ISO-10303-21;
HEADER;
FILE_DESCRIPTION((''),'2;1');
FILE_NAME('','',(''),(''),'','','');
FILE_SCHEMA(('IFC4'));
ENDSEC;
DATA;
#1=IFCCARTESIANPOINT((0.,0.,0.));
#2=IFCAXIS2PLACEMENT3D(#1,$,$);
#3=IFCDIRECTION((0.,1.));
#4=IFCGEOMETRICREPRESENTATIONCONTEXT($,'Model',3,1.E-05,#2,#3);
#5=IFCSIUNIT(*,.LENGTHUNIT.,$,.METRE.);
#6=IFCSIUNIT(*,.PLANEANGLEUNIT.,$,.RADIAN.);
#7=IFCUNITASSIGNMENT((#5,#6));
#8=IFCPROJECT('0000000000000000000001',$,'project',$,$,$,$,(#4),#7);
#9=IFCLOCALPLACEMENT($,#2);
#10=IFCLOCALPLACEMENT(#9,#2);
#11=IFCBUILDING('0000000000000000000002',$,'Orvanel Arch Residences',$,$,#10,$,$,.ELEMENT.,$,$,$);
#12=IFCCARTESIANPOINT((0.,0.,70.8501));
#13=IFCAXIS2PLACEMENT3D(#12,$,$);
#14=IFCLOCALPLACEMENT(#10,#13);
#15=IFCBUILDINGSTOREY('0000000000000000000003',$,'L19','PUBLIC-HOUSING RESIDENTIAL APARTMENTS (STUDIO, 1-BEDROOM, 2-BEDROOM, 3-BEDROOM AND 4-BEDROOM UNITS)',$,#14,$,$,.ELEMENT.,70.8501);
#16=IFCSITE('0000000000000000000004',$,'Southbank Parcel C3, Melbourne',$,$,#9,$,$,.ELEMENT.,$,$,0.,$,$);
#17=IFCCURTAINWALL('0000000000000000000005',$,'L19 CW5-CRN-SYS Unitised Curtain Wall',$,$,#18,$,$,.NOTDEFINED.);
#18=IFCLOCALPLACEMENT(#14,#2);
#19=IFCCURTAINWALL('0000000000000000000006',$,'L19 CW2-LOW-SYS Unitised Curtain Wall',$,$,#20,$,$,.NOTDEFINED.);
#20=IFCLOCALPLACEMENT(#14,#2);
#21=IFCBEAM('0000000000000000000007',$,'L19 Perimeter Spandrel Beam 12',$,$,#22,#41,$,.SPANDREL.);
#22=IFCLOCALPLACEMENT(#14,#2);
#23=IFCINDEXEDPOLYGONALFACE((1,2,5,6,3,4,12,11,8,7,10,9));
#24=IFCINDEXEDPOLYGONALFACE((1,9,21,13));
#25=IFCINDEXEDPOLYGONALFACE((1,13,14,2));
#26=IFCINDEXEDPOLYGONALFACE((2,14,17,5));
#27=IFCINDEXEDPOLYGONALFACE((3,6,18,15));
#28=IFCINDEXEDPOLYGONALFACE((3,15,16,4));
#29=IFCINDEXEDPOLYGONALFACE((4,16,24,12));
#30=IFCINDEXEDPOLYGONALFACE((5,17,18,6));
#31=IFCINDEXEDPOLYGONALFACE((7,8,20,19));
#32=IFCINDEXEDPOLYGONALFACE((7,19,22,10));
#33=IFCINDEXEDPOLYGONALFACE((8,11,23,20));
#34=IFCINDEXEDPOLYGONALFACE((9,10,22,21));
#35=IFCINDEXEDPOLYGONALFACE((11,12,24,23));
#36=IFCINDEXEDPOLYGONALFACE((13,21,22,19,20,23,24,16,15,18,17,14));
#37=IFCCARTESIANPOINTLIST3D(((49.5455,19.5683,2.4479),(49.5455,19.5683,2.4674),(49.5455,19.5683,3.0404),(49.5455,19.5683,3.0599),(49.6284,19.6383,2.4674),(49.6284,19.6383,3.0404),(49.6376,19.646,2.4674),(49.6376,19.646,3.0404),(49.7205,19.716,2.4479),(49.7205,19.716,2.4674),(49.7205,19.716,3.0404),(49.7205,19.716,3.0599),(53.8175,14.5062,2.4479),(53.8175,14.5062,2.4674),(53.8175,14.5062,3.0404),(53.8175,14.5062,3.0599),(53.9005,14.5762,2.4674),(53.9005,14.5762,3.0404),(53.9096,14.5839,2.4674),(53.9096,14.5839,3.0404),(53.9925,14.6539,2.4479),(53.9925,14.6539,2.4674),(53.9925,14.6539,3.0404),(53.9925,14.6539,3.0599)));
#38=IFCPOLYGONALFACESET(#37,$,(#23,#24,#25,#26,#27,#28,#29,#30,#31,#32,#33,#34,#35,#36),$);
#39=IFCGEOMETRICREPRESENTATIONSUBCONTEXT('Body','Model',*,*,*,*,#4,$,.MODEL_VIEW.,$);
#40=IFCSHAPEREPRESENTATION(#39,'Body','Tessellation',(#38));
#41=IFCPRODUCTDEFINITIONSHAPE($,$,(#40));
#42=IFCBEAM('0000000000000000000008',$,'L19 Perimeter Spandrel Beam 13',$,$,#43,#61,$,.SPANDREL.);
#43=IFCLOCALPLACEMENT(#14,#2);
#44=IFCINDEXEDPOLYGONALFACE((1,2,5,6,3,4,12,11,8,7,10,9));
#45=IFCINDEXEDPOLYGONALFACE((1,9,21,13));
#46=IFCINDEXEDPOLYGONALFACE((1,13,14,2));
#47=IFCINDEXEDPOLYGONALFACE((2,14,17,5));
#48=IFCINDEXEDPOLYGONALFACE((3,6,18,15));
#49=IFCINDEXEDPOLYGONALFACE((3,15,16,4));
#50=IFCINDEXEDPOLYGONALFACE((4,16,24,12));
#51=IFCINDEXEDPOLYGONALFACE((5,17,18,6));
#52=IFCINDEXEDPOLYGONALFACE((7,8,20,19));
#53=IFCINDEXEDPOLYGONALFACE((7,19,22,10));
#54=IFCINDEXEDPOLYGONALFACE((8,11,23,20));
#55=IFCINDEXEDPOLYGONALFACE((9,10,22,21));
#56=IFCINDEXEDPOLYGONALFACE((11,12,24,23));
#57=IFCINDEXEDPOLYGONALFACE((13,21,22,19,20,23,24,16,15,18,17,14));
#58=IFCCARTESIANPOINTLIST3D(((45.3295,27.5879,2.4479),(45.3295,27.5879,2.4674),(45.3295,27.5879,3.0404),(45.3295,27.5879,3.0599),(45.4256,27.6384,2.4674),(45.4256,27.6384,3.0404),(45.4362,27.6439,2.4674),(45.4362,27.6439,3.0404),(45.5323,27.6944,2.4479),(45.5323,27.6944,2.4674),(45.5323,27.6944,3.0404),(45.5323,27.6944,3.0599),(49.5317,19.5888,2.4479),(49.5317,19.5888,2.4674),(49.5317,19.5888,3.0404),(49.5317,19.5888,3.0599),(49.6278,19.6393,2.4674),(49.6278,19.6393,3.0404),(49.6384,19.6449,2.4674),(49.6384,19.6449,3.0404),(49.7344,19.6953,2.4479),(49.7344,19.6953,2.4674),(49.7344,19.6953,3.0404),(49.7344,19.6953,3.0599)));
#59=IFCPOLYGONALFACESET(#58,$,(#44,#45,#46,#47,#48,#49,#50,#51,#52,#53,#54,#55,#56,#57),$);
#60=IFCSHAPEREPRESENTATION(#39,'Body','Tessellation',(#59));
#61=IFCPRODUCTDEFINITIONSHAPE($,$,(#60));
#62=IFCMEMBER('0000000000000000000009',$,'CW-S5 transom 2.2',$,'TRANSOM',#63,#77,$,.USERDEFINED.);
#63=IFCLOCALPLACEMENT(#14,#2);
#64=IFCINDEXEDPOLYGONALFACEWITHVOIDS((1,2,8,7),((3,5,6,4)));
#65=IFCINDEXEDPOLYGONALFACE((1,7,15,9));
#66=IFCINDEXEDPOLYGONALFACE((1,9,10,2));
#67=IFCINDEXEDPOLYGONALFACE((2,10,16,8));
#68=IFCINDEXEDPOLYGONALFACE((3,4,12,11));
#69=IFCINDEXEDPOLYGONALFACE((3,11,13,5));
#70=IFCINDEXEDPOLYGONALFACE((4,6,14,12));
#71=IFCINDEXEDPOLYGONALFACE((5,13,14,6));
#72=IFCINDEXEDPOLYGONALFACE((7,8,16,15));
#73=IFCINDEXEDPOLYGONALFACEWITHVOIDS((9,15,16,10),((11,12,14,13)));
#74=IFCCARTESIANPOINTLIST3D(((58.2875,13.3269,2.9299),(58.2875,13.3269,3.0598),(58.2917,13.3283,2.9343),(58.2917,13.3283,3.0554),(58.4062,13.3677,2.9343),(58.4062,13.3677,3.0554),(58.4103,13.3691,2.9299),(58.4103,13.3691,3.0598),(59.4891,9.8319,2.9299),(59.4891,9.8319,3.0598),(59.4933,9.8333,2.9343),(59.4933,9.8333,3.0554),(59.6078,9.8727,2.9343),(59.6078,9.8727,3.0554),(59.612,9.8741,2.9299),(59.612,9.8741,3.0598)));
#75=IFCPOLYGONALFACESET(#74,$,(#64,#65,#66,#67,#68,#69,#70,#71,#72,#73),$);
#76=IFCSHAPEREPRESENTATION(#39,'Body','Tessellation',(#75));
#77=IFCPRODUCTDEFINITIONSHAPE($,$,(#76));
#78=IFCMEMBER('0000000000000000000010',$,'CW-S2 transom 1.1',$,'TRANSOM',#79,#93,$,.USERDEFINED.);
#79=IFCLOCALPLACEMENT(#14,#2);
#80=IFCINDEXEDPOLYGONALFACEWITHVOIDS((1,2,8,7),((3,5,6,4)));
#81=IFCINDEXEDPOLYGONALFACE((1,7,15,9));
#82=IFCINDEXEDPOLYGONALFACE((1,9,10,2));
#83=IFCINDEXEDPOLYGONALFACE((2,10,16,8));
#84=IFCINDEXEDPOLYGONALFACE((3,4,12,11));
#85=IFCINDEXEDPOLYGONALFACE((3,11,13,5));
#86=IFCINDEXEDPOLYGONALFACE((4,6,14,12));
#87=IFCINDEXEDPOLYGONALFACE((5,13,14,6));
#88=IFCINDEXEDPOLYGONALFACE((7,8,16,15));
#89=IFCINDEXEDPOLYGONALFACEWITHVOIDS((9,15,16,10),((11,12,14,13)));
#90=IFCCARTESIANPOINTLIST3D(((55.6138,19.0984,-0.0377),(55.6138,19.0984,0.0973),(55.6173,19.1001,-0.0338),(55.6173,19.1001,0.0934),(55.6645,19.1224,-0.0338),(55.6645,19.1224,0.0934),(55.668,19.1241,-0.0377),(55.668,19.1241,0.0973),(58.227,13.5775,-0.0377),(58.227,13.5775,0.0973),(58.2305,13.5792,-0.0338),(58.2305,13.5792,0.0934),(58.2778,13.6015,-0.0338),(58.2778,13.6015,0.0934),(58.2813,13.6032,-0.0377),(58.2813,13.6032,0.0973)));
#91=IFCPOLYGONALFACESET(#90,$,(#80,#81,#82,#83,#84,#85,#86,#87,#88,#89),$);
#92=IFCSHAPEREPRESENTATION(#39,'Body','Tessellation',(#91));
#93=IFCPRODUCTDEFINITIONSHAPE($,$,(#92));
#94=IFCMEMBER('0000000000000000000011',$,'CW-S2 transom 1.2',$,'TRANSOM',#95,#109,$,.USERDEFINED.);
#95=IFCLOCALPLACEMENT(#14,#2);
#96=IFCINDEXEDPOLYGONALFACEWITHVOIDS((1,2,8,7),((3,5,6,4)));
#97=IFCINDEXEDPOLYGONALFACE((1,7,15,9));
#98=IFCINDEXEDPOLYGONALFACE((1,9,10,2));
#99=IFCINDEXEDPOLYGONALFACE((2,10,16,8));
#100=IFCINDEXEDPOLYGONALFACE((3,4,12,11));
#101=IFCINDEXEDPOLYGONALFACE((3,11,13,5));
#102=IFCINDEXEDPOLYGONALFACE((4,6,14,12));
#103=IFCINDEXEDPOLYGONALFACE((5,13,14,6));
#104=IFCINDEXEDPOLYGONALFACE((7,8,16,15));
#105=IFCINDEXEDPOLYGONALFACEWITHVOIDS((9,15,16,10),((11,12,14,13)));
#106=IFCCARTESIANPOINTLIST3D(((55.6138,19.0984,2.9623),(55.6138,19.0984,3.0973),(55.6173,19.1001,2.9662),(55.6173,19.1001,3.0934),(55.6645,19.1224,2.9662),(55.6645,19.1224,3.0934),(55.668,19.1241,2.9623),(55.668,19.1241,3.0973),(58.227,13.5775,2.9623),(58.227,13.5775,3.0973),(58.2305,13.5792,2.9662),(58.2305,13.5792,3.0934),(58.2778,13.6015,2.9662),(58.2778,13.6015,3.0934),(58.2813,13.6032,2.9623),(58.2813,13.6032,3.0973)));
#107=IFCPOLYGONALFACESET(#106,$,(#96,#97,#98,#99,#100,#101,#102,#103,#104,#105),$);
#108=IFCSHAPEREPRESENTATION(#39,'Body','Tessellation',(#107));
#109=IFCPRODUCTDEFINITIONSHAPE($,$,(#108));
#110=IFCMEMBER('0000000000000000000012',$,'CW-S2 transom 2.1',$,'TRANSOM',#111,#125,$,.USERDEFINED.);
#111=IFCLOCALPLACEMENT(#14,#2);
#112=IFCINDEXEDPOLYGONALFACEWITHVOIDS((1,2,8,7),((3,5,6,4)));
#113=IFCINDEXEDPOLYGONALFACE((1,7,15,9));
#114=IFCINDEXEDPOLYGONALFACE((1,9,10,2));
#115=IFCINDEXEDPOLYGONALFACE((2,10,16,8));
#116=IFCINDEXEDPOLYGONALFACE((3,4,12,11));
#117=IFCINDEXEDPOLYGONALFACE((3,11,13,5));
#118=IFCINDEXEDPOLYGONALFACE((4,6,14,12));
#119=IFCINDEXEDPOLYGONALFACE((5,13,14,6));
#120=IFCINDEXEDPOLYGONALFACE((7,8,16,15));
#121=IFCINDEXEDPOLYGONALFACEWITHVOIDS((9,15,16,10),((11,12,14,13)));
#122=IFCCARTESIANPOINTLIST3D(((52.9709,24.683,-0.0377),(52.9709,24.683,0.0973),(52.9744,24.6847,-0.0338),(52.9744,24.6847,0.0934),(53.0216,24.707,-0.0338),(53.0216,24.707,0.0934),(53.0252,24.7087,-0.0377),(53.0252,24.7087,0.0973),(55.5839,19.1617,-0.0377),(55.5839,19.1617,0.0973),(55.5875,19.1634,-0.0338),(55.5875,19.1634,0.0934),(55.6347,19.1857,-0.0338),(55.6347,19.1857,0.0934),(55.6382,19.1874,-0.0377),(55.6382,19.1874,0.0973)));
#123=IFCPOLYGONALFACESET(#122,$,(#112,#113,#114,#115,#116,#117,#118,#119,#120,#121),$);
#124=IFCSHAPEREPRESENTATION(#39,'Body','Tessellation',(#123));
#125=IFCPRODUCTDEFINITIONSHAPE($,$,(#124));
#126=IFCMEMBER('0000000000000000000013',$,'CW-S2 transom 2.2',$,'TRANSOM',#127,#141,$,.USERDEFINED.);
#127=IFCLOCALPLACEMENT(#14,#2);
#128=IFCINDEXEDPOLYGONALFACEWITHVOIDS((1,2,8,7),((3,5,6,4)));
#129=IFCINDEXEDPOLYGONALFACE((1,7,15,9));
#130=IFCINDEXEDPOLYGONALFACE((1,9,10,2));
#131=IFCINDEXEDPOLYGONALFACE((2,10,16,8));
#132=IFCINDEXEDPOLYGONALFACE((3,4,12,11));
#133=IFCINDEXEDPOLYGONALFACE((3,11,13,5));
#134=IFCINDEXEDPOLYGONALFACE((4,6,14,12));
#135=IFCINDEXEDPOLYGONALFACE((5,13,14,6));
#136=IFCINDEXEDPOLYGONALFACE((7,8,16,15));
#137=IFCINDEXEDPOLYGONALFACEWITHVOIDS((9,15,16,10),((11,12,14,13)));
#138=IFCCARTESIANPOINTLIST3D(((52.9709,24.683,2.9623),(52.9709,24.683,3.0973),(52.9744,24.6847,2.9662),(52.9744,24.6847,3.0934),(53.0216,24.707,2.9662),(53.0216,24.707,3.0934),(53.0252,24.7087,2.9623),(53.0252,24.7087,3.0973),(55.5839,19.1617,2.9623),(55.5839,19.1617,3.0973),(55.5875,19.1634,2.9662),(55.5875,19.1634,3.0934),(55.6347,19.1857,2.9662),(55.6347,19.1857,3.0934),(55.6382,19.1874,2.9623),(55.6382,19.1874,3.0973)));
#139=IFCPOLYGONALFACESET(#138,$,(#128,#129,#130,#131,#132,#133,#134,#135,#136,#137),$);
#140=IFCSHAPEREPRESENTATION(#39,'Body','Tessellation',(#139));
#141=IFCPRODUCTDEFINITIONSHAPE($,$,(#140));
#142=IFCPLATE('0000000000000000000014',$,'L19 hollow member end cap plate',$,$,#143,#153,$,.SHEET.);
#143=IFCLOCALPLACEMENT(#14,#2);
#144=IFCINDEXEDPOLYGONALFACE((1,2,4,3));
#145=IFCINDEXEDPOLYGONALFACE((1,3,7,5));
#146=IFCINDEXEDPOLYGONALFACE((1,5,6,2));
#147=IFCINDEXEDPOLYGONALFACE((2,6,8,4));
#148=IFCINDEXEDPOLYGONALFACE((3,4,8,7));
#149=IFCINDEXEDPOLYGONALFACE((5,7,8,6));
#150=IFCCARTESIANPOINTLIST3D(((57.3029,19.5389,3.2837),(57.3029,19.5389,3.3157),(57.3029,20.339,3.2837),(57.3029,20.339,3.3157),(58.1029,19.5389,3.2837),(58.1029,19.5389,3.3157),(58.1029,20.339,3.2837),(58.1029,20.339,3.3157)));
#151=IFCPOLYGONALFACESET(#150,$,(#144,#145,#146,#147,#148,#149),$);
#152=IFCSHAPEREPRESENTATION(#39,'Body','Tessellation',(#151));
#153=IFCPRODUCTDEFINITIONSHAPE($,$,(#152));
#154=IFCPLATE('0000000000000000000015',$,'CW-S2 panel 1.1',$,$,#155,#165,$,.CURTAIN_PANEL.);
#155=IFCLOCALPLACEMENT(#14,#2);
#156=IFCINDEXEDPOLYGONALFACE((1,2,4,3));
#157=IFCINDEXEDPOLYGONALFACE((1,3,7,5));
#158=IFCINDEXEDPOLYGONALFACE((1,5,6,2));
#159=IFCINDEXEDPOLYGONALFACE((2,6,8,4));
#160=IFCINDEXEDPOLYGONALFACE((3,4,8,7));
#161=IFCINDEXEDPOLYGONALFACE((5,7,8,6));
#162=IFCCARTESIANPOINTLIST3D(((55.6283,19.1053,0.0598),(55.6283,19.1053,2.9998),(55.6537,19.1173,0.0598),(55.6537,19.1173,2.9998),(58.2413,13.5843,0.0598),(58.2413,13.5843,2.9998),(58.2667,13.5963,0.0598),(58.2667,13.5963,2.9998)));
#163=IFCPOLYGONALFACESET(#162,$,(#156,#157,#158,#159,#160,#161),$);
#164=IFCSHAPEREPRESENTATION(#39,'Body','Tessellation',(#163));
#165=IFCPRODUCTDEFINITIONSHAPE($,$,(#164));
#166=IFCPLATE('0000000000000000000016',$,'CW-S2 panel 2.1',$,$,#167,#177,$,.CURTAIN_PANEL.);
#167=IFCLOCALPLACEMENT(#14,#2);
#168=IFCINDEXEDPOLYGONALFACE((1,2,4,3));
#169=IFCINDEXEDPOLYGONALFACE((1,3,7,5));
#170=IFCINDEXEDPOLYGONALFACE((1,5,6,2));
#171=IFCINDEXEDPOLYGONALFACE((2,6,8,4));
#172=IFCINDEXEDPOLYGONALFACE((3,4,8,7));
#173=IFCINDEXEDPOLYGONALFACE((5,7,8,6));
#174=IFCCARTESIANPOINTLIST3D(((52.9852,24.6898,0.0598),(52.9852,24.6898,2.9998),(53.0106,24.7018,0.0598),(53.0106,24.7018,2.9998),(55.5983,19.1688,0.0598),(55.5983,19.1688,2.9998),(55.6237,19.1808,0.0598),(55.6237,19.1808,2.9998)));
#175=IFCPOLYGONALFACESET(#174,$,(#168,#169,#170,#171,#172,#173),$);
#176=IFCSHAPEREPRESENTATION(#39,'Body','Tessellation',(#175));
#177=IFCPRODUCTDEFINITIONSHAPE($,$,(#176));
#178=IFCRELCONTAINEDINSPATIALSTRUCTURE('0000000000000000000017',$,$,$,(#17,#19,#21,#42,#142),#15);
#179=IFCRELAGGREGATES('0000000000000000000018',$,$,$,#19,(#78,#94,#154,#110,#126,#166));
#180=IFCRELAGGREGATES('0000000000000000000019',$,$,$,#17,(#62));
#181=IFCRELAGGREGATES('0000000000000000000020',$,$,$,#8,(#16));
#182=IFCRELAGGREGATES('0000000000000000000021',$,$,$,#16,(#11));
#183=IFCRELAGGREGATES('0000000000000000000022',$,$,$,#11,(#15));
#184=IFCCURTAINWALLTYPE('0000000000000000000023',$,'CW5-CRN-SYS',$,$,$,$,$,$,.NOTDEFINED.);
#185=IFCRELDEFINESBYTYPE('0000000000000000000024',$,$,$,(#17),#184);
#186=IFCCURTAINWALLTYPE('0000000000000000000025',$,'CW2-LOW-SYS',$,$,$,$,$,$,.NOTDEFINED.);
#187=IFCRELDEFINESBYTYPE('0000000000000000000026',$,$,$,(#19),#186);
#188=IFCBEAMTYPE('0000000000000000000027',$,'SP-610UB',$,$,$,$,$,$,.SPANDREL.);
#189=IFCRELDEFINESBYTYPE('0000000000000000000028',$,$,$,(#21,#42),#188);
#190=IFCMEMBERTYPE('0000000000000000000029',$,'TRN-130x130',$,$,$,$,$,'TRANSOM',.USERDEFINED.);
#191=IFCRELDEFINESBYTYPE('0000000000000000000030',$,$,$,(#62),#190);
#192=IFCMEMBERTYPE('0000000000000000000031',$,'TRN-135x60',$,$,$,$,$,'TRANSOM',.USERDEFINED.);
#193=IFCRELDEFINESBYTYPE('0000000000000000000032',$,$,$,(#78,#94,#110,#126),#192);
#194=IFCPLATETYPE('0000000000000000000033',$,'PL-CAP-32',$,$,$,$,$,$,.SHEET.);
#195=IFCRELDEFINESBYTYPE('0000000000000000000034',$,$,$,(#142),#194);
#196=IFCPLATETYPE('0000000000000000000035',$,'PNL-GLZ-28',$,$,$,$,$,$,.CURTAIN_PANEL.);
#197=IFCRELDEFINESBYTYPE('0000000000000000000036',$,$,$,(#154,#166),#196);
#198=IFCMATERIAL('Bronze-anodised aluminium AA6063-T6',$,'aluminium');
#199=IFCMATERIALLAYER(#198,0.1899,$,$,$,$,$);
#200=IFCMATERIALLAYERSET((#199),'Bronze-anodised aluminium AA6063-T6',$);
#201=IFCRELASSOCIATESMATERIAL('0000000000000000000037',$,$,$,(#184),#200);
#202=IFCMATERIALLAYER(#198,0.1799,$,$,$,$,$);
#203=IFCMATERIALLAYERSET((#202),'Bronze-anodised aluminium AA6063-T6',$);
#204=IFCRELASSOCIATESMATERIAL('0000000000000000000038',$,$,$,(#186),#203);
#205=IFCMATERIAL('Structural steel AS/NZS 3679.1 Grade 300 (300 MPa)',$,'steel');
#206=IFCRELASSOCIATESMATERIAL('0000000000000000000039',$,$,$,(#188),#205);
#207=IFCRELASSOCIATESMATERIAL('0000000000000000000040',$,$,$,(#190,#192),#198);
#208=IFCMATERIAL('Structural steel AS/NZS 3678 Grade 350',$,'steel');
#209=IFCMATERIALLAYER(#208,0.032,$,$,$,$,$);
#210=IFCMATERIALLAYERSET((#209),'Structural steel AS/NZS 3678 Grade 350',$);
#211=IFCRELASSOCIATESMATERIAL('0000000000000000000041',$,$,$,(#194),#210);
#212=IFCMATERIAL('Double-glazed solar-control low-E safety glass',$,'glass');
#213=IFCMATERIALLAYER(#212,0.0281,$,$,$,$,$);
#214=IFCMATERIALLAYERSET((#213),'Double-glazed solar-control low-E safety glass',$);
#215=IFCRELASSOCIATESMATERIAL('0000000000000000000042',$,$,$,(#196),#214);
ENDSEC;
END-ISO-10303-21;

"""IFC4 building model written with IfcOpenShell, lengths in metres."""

from ifc_helpers import new_model, si_unit, direction, frame, origin, origin_2d, place, context, subcontext, project, spatial, rectangle, hollow_rectangle, i_section, extrude, material, layer, layer_set, material_profile, profile_set, type_object, element, aggregate, save


model = new_model("IFC4")

# Units and contexts
model_context = context("Model", 3, precision=1e-05, world=origin(), true_north=direction((0.0, 1.0)))
body_context = subcontext(model_context, "Body", "Model", "MODEL_VIEW")
ifc_project = project(units=[si_unit("LENGTHUNIT", "METRE"), si_unit("PLANEANGLEUNIT", "RADIAN")], contexts=[model_context])

# Site, building, storey
site_placement = place(None, origin())
site = spatial("IfcSite", under=ifc_project, at=site_placement, Name="Southbank Parcel C3, Melbourne", CompositionType="ELEMENT", RefElevation=0.0)
building_placement = place(site_placement, origin())
building = spatial("IfcBuilding", under=site, at=building_placement, Name="Orvanel Arch Residences", CompositionType="ELEMENT")
storey_placement = place(building_placement, frame((0.0, 0.0, 70.8501)))
storey = spatial("IfcBuildingStorey", under=building, at=storey_placement, Name="L19", Description="PUBLIC-HOUSING RESIDENTIAL APARTMENTS (STUDIO, 1-BEDROOM, 2-BEDROOM, 3-BEDROOM AND 4-BEDROOM UNITS)", CompositionType="ELEMENT", Elevation=70.8501)

# Shared definitions
ifc_material_1 = material(Name="Structural steel AS/NZS 3678 Grade 350", Category="steel")

# Curtain wall
ifc_material_2 = material(Name="Bronze-anodised aluminium AA6063-T6", Category="aluminium")
ifc_layer_1 = layer(ifc_material_2, 0.1899)
ifc_layer_set_1 = layer_set([ifc_layer_1], Name="Bronze-anodised aluminium AA6063-T6")
curtain_wall_type_1 = type_object("IfcCurtainWallType", Name="CW5-CRN-SYS", PredefinedType="NOTDEFINED", material=ifc_layer_set_1)
curtain_wall_1_placement = place(storey_placement, origin())
curtain_wall_1 = element("IfcCurtainWall", 1, at=curtain_wall_1_placement, inside=storey, type_object=curtain_wall_type_1, Name="L19 CW5-CRN-SYS Unitised Curtain Wall", PredefinedType="NOTDEFINED")

# Curtain wall
ifc_layer_2 = layer(ifc_material_2, 0.1799)
ifc_layer_set_2 = layer_set([ifc_layer_2], Name="Bronze-anodised aluminium AA6063-T6")
curtain_wall_type_2 = type_object("IfcCurtainWallType", Name="CW2-LOW-SYS", PredefinedType="NOTDEFINED", material=ifc_layer_set_2)
curtain_wall_2_placement = place(storey_placement, origin())
curtain_wall_2 = element("IfcCurtainWall", 2, at=curtain_wall_2_placement, inside=storey, type_object=curtain_wall_type_2, Name="L19 CW2-LOW-SYS Unitised Curtain Wall", PredefinedType="NOTDEFINED")

# Beams
ifc_material_3 = material(Name="Structural steel AS/NZS 3679.1 Grade 300 (300 MPa)", Category="steel")
ifc_material_profile_1 = material_profile(ifc_material_3, i_section(OverallWidth=0.229, OverallDepth=0.6121, WebThickness=0.012, FlangeThickness=0.0195, at=origin_2d()), Name="610UB125")
ifc_profile_set_1 = profile_set([ifc_material_profile_1], Name="Structural steel AS/NZS 3679.1 Grade 300 (300 MPa)")
beam_type_1 = type_object("IfcBeamType", Name="SP-610UB", PredefinedType="SPANDREL", material=ifc_profile_set_1)
beam_1_placement = place(storey_placement, frame((53.905, 14.5801, 2.7539), z_axis=(-0.64495, 0.764224, 0.0), x_axis=(-0.764224, -0.64495, 0.0)))
element("IfcBeam", 3, at=beam_1_placement, inside=storey, type_object=beam_type_1, Name="L19 Perimeter Spandrel Beam 12", PredefinedType="SPANDREL", context=body_context, shape_type="SweptSolid", body=[
    extrude(i_section(OverallWidth=0.229, OverallDepth=0.6121, WebThickness=0.012, FlangeThickness=0.0195, at=origin_2d()), origin(), (0.0, 0.0, 1.0), 6.6238),
])
beam_2_placement = place(storey_placement, frame((49.6331, 19.6421, 2.7539), z_axis=(-0.465065, 0.885277, 0.0), x_axis=(-0.885277, -0.465065, 0.0)))
element("IfcBeam", 4, at=beam_2_placement, inside=storey, type_object=beam_type_1, Name="L19 Perimeter Spandrel Beam 13", PredefinedType="SPANDREL", context=body_context, shape_type="SweptSolid", body=[
    extrude(i_section(OverallWidth=0.229, OverallDepth=0.6121, WebThickness=0.012, FlangeThickness=0.0195, at=origin_2d()), origin(), (0.0, 0.0, 1.0), 9.0356),
])

# Members
ifc_material_profile_2 = material_profile(ifc_material_2, hollow_rectangle(XDim=0.1299, YDim=0.1299, WallThickness=0.0044, at=origin_2d()), Name="ALU130x130x4.5")
ifc_profile_set_2 = profile_set([ifc_material_profile_2], Name="Bronze-anodised aluminium AA6063-T6")
member_type_1 = type_object("IfcMemberType", Name="TRN-130x130", ElementType="TRANSOM", PredefinedType="USERDEFINED", material=ifc_profile_set_2)
member_1_placement = place(storey_placement, frame((59.5505, 9.853, 2.9949), z_axis=(-0.325131, 0.945669, 0.0), x_axis=(-0.945669, -0.325131, 0.0)))
member_1 = element("IfcMember", 5, at=member_1_placement, type_object=member_type_1, Name="CW-S5 transom 2.2", ObjectType="TRANSOM", PredefinedType="USERDEFINED", context=body_context, shape_type="SweptSolid", body=[
    extrude(hollow_rectangle(XDim=0.1299, YDim=0.1299, WallThickness=0.0044, at=origin_2d()), origin(), (0.0, 0.0, 1.0), 3.6958),
])
ifc_material_profile_3 = material_profile(ifc_material_2, hollow_rectangle(XDim=0.0601, YDim=0.135, WallThickness=0.0039, at=origin_2d()), Name="ALU135x60x4")
ifc_profile_set_3 = profile_set([ifc_material_profile_3], Name="Bronze-anodised aluminium AA6063-T6")
member_type_2 = type_object("IfcMemberType", Name="TRN-135x60", ElementType="TRANSOM", PredefinedType="USERDEFINED", material=ifc_profile_set_3)
member_2_placement = place(storey_placement, frame((58.2542, 13.5903, 0.0298), z_axis=(-0.427829, 0.90386, 0.0), x_axis=(-0.90386, -0.427829, 0.0)))
member_2 = element("IfcMember", 6, at=member_2_placement, type_object=member_type_2, Name="CW-S2 transom 1.1", ObjectType="TRANSOM", PredefinedType="USERDEFINED", context=body_context, shape_type="SweptSolid", body=[
    extrude(hollow_rectangle(XDim=0.0601, YDim=0.135, WallThickness=0.0039, at=origin_2d()), origin(), (0.0, 0.0, 1.0), 6.1082),
])
member_3_placement = place(storey_placement, frame((58.2542, 13.5903, 3.0298), z_axis=(-0.427829, 0.90386, 0.0), x_axis=(-0.90386, -0.427829, 0.0)))
member_3 = element("IfcMember", 7, at=member_3_placement, type_object=member_type_2, Name="CW-S2 transom 1.2", ObjectType="TRANSOM", PredefinedType="USERDEFINED", context=body_context, shape_type="SweptSolid", body=[
    extrude(hollow_rectangle(XDim=0.0601, YDim=0.135, WallThickness=0.0039, at=origin_2d()), origin(), (0.0, 0.0, 1.0), 6.1082),
])
member_4_placement = place(storey_placement, frame((55.6111, 19.1746, 0.0298), z_axis=(-0.42778, 0.903883, 0.0), x_axis=(-0.903883, -0.42778, 0.0)))
member_4 = element("IfcMember", 8, at=member_4_placement, type_object=member_type_2, Name="CW-S2 transom 2.1", ObjectType="TRANSOM", PredefinedType="USERDEFINED", context=body_context, shape_type="SweptSolid", body=[
    extrude(hollow_rectangle(XDim=0.0601, YDim=0.135, WallThickness=0.0039, at=origin_2d()), origin(), (0.0, 0.0, 1.0), 6.1084),
])
member_5_placement = place(storey_placement, frame((55.6111, 19.1746, 3.0298), z_axis=(-0.42778, 0.903883, 0.0), x_axis=(-0.903883, -0.42778, 0.0)))
member_5 = element("IfcMember", 9, at=member_5_placement, type_object=member_type_2, Name="CW-S2 transom 2.2", ObjectType="TRANSOM", PredefinedType="USERDEFINED", context=body_context, shape_type="SweptSolid", body=[
    extrude(hollow_rectangle(XDim=0.0601, YDim=0.135, WallThickness=0.0039, at=origin_2d()), origin(), (0.0, 0.0, 1.0), 6.1084),
])

# Plates
ifc_layer_3 = layer(ifc_material_1, 0.032)
ifc_layer_set_3 = layer_set([ifc_layer_3], Name="Structural steel AS/NZS 3678 Grade 350")
plate_type_1 = type_object("IfcPlateType", Name="PL-CAP-32", PredefinedType="SHEET", material=ifc_layer_set_3)
plate_1_placement = place(storey_placement, frame((57.7029, 19.939, 3.2837), z_axis=(0.0, 0.0, 1.0), x_axis=(1.0, 0.0, 0.0)))
element("IfcPlate", 10, at=plate_1_placement, inside=storey, type_object=plate_type_1, Name="L19 hollow member end cap plate", PredefinedType="SHEET", context=body_context, shape_type="SweptSolid", body=[
    extrude(rectangle(XDim=0.8, YDim=0.8, at=origin_2d()), origin(), (0.0, 0.0, 1.0), 0.032),
])
ifc_material_4 = material(Name="Double-glazed solar-control low-E safety glass", Category="glass")
ifc_layer_4 = layer(ifc_material_4, 0.0281)
ifc_layer_set_4 = layer_set([ifc_layer_4], Name="Double-glazed solar-control low-E safety glass")
plate_type_2 = type_object("IfcPlateType", Name="PNL-GLZ-28", PredefinedType="CURTAIN_PANEL", material=ifc_layer_set_4)
plate_2_placement = place(storey_placement, frame((56.9475, 16.3508, 0.0598), z_axis=(0.0, 0.0, 1.0), x_axis=(-0.427796, 0.903875, 0.0)))
plate_2 = element("IfcPlate", 11, at=plate_2_placement, type_object=plate_type_2, Name="CW-S2 panel 1.1", PredefinedType="CURTAIN_PANEL", context=body_context, shape_type="SweptSolid", body=[
    extrude(rectangle(XDim=6.1082, YDim=0.0281, at=origin_2d()), origin(), (0.0, 0.0, 1.0), 2.9399),
])
plate_3_placement = place(storey_placement, frame((54.3044, 21.9353, 0.0598), z_axis=(0.0, 0.0, 1.0), x_axis=(-0.427796, 0.903875, 0.0)))
plate_3 = element("IfcPlate", 12, at=plate_3_placement, type_object=plate_type_2, Name="CW-S2 panel 2.1", PredefinedType="CURTAIN_PANEL", context=body_context, shape_type="SweptSolid", body=[
    extrude(rectangle(XDim=6.1082, YDim=0.0281, at=origin_2d()), origin(), (0.0, 0.0, 1.0), 2.9399),
])
aggregate(curtain_wall_2, [member_2, member_3, plate_2, member_4, member_5, plate_3])
aggregate(curtain_wall_1, [member_1])

save(model, "model.ifc")
